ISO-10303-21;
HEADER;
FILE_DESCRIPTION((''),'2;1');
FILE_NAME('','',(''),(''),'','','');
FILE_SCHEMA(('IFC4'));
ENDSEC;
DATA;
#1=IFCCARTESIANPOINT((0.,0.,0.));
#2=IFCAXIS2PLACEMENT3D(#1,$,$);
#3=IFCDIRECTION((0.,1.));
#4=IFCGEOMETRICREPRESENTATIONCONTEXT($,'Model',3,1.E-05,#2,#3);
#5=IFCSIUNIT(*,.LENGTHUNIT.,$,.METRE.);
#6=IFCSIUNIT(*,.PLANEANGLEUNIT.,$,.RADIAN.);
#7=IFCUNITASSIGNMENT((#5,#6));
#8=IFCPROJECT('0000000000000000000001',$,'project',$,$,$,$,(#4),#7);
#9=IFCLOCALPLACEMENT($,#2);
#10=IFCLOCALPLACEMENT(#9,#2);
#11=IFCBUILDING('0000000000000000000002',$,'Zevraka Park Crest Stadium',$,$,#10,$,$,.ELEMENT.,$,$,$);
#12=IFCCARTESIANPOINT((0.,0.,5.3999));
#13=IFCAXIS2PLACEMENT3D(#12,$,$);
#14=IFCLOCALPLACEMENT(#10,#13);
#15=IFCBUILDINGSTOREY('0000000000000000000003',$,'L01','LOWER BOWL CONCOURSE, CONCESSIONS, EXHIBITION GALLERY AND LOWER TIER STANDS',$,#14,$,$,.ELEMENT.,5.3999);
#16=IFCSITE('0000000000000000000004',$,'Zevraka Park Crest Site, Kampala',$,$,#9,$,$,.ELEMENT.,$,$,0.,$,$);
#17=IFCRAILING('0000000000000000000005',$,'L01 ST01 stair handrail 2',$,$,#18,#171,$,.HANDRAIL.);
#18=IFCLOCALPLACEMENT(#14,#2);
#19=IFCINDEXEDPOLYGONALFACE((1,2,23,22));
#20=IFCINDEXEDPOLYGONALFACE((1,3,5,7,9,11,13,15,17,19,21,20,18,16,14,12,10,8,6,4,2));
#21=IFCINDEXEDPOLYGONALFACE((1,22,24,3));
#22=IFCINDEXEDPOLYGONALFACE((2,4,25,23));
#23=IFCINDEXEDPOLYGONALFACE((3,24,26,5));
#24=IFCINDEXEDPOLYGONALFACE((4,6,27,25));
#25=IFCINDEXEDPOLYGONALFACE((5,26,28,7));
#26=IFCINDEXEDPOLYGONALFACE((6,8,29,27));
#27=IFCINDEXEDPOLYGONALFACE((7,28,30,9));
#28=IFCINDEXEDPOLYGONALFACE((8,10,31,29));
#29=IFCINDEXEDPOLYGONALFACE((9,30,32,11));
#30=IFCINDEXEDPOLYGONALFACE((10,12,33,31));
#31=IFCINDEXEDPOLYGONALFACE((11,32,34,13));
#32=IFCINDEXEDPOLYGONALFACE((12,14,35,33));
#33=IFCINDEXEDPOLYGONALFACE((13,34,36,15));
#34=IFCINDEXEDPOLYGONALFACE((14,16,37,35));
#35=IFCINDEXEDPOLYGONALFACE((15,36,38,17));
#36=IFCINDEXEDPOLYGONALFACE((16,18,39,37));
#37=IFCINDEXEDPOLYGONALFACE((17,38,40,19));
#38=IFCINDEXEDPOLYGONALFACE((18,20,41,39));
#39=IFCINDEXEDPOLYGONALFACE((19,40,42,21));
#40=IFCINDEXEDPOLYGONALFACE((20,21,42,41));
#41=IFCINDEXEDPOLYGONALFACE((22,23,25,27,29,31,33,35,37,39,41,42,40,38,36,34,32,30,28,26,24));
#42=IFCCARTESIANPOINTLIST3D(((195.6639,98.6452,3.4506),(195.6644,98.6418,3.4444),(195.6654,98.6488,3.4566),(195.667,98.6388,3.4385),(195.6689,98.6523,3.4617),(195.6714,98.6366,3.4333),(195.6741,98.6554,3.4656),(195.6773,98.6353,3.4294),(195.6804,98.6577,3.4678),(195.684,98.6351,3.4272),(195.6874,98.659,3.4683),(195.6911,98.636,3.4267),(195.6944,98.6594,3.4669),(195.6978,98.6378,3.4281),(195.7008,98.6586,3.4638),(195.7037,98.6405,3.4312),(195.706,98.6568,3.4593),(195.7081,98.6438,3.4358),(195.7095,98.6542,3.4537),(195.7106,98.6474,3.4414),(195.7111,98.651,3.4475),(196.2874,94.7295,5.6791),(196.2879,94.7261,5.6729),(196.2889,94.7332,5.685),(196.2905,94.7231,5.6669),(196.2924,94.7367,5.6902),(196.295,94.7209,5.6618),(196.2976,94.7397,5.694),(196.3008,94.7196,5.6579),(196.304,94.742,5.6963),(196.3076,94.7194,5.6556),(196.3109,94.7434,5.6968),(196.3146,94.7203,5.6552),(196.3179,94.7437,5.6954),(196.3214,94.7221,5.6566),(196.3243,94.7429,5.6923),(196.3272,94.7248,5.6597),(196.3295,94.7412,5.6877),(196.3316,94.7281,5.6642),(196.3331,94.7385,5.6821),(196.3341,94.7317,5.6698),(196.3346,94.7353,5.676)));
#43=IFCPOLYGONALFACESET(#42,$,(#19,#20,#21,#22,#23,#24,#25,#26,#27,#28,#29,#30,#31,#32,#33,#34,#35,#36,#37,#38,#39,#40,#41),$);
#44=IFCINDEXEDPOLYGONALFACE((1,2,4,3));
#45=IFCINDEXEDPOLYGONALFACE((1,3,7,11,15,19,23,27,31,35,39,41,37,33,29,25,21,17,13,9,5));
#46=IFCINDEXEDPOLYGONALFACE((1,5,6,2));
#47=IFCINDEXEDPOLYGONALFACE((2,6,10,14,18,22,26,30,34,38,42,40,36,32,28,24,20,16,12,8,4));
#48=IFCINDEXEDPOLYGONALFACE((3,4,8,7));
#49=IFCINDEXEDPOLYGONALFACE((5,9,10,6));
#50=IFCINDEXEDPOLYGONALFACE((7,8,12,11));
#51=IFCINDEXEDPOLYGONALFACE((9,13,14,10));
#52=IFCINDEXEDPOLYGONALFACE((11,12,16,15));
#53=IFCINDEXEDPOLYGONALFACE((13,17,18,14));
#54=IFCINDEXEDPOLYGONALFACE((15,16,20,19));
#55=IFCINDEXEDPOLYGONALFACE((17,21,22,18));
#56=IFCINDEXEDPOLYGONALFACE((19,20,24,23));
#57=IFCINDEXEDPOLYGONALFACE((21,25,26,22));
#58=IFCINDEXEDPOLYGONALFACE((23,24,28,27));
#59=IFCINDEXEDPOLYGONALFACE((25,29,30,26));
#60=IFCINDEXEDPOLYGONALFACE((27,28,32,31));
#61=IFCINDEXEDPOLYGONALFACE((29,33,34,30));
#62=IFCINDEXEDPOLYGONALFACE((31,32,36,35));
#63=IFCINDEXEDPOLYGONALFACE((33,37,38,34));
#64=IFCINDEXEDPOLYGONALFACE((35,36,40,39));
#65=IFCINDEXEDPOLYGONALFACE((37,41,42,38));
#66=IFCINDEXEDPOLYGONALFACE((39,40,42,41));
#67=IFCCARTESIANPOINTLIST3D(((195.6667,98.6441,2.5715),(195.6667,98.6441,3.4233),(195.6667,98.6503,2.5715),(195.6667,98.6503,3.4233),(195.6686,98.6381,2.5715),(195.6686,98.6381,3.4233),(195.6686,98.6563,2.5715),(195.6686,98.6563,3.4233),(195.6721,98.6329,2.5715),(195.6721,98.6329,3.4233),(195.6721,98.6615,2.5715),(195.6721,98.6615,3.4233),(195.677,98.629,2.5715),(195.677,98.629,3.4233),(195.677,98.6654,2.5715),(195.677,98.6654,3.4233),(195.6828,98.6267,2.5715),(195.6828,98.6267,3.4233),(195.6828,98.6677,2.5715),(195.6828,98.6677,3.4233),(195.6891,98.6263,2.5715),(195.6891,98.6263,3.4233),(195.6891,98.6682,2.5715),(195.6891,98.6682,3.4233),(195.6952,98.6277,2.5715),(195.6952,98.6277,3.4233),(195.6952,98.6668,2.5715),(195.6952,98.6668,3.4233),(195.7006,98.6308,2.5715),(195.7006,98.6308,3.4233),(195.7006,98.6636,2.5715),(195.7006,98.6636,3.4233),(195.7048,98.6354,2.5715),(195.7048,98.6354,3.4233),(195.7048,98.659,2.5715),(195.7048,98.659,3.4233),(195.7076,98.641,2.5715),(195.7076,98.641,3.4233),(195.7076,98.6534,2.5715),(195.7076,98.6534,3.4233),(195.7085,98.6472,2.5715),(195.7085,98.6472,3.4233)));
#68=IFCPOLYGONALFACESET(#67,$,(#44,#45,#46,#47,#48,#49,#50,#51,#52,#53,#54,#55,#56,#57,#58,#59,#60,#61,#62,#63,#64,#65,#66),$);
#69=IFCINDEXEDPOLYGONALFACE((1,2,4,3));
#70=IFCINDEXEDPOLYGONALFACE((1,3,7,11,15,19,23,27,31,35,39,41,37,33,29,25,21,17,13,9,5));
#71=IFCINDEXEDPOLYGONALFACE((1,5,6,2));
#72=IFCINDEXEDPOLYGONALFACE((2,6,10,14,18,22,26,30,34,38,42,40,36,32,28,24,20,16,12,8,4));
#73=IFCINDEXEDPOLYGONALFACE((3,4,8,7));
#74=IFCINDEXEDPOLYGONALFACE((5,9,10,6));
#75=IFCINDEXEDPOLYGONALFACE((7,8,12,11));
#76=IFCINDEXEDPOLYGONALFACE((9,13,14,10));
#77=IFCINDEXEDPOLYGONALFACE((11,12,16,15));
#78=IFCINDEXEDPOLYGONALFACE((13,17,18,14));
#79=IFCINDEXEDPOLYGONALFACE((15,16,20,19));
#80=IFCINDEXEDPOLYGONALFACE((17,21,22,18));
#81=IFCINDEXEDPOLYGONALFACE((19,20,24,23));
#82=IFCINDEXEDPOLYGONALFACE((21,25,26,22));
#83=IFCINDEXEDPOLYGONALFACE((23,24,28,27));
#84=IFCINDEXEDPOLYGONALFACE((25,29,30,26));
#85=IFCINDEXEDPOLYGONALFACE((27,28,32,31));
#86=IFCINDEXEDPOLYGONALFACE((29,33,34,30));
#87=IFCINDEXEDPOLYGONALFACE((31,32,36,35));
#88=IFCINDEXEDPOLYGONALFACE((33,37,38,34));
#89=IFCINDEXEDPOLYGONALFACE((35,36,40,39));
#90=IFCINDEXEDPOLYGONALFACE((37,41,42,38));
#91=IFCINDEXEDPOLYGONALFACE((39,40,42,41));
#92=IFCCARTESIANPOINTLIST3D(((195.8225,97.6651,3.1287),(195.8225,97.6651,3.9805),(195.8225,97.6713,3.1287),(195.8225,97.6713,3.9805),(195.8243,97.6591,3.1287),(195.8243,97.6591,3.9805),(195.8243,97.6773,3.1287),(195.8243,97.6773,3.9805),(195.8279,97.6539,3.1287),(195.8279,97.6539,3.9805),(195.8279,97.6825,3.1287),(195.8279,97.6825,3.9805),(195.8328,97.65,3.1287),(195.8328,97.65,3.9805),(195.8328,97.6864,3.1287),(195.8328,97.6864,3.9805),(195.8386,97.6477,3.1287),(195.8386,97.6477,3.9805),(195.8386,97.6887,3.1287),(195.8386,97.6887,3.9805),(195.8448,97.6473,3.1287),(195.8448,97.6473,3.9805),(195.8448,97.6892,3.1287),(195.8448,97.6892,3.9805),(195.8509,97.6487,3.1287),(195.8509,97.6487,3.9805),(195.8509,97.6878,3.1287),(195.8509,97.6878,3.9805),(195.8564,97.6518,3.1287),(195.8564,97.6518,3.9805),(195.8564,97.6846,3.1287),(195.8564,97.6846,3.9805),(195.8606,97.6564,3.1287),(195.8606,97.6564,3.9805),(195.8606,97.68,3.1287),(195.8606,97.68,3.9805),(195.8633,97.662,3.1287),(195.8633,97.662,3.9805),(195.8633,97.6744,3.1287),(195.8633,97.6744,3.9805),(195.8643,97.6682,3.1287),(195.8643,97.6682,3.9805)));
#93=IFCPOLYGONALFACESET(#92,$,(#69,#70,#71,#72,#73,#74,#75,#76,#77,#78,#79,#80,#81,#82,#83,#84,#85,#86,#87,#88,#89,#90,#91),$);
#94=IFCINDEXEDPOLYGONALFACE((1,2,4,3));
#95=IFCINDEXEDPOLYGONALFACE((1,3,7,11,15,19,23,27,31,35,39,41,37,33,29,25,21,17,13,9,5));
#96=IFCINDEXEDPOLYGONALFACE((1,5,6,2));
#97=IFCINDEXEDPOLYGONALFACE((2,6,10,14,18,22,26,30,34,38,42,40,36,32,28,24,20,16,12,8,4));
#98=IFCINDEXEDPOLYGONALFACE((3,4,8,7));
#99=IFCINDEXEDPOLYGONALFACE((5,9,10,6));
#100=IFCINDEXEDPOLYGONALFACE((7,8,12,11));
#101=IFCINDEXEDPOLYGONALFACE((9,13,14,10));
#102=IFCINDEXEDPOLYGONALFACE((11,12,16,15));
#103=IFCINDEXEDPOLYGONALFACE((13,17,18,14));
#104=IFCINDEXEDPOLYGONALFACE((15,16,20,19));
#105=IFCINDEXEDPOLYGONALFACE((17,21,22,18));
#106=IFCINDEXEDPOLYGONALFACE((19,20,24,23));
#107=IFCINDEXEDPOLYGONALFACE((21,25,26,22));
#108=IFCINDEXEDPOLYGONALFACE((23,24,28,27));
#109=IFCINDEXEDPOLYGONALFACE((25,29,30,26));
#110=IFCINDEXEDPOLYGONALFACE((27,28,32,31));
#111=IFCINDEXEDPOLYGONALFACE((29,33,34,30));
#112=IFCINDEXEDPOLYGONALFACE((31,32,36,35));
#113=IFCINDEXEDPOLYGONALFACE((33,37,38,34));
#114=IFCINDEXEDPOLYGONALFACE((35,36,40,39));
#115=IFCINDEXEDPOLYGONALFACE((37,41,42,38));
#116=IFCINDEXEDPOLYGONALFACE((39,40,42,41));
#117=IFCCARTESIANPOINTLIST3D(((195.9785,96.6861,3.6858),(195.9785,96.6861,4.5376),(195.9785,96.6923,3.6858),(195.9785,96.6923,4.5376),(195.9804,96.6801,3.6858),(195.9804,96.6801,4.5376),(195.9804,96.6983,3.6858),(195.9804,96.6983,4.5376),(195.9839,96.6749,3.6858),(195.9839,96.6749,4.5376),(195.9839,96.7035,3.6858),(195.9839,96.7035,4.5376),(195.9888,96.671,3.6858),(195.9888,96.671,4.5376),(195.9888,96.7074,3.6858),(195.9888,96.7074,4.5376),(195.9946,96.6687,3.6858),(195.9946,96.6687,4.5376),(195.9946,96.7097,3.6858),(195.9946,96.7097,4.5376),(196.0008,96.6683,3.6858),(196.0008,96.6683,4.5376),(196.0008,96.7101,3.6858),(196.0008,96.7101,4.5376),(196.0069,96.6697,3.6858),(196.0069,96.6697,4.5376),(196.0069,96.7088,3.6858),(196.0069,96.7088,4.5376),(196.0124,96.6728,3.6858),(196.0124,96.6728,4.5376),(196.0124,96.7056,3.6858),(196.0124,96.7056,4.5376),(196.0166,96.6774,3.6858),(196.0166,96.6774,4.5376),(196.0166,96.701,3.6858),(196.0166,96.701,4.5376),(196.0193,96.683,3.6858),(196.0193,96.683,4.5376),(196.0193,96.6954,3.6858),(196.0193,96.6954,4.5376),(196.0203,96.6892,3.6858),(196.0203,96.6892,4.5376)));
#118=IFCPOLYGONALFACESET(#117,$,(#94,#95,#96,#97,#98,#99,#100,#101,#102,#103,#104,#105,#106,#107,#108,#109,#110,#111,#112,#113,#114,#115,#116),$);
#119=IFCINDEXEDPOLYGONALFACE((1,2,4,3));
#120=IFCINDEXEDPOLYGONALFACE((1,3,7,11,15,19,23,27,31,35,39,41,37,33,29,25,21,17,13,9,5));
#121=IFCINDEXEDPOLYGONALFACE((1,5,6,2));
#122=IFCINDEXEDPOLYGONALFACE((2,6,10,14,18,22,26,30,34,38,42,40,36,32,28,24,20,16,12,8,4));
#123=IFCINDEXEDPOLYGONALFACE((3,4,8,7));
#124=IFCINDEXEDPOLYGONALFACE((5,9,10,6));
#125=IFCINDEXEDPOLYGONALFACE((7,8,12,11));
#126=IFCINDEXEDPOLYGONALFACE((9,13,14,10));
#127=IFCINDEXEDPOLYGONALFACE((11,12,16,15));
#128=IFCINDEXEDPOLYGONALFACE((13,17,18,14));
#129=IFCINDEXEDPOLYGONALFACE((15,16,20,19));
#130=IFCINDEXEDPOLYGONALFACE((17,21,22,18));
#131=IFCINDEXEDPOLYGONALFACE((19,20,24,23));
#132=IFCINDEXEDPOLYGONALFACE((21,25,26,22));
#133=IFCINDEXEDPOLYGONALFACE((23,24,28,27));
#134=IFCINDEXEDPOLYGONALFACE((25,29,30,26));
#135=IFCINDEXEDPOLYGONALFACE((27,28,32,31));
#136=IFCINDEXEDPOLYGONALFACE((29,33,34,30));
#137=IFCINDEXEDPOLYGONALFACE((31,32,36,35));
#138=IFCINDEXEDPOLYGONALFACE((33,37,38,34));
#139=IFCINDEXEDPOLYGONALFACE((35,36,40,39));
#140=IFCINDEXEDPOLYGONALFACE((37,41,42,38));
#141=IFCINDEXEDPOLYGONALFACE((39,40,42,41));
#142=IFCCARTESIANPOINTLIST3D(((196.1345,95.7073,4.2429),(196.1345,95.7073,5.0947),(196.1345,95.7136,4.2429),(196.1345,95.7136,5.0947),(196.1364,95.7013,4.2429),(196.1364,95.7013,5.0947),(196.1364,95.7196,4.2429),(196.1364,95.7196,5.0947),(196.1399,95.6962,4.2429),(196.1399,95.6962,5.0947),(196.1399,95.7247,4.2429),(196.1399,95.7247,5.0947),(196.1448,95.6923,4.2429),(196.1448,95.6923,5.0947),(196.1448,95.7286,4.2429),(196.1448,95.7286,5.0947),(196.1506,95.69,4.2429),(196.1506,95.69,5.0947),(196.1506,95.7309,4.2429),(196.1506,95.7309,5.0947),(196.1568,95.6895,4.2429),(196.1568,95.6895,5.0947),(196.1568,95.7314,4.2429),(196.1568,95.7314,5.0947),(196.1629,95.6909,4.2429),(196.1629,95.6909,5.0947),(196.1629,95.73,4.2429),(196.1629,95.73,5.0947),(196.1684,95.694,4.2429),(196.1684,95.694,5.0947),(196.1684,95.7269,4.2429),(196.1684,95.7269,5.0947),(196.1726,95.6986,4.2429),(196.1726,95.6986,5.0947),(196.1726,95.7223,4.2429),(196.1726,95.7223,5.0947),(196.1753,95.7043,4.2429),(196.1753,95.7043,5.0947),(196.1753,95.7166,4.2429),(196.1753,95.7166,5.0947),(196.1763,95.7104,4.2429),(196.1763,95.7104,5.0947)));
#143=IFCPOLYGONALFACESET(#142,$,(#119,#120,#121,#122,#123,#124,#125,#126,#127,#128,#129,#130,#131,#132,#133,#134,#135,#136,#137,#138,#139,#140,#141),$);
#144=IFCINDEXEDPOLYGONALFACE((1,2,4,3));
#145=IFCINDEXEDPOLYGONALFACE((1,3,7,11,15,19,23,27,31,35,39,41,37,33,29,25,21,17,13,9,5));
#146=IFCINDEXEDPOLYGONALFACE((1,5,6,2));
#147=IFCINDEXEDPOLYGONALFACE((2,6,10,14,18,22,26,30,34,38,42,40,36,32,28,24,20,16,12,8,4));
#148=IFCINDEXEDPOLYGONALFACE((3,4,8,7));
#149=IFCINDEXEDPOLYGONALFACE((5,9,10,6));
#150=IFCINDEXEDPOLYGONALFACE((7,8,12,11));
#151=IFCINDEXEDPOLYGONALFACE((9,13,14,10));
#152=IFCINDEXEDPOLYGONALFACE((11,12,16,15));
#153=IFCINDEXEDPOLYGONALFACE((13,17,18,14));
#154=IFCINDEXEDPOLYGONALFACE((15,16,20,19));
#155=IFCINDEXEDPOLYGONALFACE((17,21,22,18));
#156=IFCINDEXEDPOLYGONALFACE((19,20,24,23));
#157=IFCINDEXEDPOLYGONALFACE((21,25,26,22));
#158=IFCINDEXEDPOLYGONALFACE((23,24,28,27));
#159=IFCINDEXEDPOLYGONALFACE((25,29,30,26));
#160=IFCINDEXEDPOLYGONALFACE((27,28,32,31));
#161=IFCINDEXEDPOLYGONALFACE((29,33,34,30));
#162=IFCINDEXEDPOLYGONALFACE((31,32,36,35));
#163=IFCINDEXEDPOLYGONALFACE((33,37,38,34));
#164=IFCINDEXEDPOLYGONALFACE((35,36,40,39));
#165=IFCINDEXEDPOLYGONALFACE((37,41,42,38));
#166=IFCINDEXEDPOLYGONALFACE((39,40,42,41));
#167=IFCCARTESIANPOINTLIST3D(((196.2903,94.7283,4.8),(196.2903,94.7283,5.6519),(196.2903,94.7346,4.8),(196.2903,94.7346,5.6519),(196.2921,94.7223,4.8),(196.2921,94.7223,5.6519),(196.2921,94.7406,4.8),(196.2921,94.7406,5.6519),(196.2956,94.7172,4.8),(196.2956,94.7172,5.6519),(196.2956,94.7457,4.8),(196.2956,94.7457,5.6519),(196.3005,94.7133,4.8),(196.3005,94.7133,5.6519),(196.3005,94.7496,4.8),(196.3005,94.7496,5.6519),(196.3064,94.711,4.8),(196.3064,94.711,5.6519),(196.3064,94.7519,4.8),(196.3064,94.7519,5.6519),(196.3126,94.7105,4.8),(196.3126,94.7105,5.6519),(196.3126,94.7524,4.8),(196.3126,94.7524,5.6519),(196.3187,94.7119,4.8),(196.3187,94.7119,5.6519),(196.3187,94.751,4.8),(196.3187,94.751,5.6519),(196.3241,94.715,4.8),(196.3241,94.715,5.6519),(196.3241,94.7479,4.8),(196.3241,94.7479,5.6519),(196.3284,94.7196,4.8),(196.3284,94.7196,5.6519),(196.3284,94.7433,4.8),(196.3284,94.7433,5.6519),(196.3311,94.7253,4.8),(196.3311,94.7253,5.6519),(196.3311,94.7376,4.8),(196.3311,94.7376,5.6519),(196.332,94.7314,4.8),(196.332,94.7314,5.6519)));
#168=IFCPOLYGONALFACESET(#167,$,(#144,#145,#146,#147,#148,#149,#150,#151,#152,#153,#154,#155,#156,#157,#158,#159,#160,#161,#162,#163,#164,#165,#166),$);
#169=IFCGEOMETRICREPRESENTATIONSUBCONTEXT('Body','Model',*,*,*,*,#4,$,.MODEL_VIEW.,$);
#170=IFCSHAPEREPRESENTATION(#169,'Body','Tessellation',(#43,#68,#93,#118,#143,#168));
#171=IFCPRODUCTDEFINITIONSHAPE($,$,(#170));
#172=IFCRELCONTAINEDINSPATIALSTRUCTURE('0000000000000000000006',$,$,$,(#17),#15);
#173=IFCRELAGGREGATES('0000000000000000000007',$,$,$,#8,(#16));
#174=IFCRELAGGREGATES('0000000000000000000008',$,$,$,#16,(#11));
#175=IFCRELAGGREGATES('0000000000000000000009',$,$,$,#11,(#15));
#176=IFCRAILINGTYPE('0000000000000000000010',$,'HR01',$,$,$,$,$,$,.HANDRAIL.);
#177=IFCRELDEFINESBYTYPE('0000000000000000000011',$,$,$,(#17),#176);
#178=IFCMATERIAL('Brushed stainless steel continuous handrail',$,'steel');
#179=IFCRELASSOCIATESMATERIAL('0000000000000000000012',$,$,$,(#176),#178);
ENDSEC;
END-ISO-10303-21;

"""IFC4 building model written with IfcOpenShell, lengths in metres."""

from ifc_helpers import new_model, si_unit, direction, frame, origin, origin_2d, place, context, subcontext, project, spatial, circle, extrude, material, type_object, element, save


model = new_model("IFC4")

# Units and contexts
model_context = context("Model", 3, precision=1e-05, world=origin(), true_north=direction((0.0, 1.0)))
body_context = subcontext(model_context, "Body", "Model", "MODEL_VIEW")
ifc_project = project(units=[si_unit("LENGTHUNIT", "METRE"), si_unit("PLANEANGLEUNIT", "RADIAN")], contexts=[model_context])

# Site, building, storey
site_placement = place(None, origin())
site = spatial("IfcSite", under=ifc_project, at=site_placement, Name="Zevraka Park Crest Site, Kampala", CompositionType="ELEMENT", RefElevation=0.0)
building_placement = place(site_placement, origin())
building = spatial("IfcBuilding", under=site, at=building_placement, Name="Zevraka Park Crest Stadium", CompositionType="ELEMENT")
storey_placement = place(building_placement, frame((0.0, 0.0, 5.3999)))
storey = spatial("IfcBuildingStorey", under=building, at=storey_placement, Name="L01", Description="LOWER BOWL CONCOURSE, CONCESSIONS, EXHIBITION GALLERY AND LOWER TIER STANDS", CompositionType="ELEMENT", Elevation=5.3999)

# Railing
ifc_material_1 = material(Name="Brushed stainless steel continuous handrail", Category="steel")
railing_type_1 = type_object("IfcRailingType", Name="HR01", PredefinedType="HANDRAIL", material=ifc_material_1)
railing_1_placement = place(storey_placement, frame((195.6875, 98.6472, 2.5715)))
element("IfcRailing", 1, at=railing_1_placement, inside=storey, type_object=railing_type_1, Name="L01 ST01 stair handrail 2", PredefinedType="HANDRAIL", context=body_context, shape_type="SweptSolid", body=[
    extrude(circle(Radius=0.0239, at=origin_2d()), frame((0.0, 0.0, 0.876), z_axis=(0.137088, -0.860903, 0.489951), x_axis=(0.987558, 0.157256, 0.0)), (0.0, 0.0, 1.0), 4.5483),
    extrude(circle(Radius=0.021, at=origin_2d()), origin(), (0.0, 0.0, 1.0), 0.8518),
    extrude(circle(Radius=0.021, at=origin_2d()), frame((0.1558, -0.979, 0.5571)), (0.0, 0.0, 1.0), 0.8518),
    extrude(circle(Radius=0.021, at=origin_2d()), frame((0.3118, -1.958, 1.1143)), (0.0, 0.0, 1.0), 0.8518),
    extrude(circle(Radius=0.021, at=origin_2d()), frame((0.4678, -2.9368, 1.6714)), (0.0, 0.0, 1.0), 0.8518),
    extrude(circle(Radius=0.021, at=origin_2d()), frame((0.6235, -3.9158, 2.2285)), (0.0, 0.0, 1.0), 0.8518),
])

save(model, "model.ifc")
